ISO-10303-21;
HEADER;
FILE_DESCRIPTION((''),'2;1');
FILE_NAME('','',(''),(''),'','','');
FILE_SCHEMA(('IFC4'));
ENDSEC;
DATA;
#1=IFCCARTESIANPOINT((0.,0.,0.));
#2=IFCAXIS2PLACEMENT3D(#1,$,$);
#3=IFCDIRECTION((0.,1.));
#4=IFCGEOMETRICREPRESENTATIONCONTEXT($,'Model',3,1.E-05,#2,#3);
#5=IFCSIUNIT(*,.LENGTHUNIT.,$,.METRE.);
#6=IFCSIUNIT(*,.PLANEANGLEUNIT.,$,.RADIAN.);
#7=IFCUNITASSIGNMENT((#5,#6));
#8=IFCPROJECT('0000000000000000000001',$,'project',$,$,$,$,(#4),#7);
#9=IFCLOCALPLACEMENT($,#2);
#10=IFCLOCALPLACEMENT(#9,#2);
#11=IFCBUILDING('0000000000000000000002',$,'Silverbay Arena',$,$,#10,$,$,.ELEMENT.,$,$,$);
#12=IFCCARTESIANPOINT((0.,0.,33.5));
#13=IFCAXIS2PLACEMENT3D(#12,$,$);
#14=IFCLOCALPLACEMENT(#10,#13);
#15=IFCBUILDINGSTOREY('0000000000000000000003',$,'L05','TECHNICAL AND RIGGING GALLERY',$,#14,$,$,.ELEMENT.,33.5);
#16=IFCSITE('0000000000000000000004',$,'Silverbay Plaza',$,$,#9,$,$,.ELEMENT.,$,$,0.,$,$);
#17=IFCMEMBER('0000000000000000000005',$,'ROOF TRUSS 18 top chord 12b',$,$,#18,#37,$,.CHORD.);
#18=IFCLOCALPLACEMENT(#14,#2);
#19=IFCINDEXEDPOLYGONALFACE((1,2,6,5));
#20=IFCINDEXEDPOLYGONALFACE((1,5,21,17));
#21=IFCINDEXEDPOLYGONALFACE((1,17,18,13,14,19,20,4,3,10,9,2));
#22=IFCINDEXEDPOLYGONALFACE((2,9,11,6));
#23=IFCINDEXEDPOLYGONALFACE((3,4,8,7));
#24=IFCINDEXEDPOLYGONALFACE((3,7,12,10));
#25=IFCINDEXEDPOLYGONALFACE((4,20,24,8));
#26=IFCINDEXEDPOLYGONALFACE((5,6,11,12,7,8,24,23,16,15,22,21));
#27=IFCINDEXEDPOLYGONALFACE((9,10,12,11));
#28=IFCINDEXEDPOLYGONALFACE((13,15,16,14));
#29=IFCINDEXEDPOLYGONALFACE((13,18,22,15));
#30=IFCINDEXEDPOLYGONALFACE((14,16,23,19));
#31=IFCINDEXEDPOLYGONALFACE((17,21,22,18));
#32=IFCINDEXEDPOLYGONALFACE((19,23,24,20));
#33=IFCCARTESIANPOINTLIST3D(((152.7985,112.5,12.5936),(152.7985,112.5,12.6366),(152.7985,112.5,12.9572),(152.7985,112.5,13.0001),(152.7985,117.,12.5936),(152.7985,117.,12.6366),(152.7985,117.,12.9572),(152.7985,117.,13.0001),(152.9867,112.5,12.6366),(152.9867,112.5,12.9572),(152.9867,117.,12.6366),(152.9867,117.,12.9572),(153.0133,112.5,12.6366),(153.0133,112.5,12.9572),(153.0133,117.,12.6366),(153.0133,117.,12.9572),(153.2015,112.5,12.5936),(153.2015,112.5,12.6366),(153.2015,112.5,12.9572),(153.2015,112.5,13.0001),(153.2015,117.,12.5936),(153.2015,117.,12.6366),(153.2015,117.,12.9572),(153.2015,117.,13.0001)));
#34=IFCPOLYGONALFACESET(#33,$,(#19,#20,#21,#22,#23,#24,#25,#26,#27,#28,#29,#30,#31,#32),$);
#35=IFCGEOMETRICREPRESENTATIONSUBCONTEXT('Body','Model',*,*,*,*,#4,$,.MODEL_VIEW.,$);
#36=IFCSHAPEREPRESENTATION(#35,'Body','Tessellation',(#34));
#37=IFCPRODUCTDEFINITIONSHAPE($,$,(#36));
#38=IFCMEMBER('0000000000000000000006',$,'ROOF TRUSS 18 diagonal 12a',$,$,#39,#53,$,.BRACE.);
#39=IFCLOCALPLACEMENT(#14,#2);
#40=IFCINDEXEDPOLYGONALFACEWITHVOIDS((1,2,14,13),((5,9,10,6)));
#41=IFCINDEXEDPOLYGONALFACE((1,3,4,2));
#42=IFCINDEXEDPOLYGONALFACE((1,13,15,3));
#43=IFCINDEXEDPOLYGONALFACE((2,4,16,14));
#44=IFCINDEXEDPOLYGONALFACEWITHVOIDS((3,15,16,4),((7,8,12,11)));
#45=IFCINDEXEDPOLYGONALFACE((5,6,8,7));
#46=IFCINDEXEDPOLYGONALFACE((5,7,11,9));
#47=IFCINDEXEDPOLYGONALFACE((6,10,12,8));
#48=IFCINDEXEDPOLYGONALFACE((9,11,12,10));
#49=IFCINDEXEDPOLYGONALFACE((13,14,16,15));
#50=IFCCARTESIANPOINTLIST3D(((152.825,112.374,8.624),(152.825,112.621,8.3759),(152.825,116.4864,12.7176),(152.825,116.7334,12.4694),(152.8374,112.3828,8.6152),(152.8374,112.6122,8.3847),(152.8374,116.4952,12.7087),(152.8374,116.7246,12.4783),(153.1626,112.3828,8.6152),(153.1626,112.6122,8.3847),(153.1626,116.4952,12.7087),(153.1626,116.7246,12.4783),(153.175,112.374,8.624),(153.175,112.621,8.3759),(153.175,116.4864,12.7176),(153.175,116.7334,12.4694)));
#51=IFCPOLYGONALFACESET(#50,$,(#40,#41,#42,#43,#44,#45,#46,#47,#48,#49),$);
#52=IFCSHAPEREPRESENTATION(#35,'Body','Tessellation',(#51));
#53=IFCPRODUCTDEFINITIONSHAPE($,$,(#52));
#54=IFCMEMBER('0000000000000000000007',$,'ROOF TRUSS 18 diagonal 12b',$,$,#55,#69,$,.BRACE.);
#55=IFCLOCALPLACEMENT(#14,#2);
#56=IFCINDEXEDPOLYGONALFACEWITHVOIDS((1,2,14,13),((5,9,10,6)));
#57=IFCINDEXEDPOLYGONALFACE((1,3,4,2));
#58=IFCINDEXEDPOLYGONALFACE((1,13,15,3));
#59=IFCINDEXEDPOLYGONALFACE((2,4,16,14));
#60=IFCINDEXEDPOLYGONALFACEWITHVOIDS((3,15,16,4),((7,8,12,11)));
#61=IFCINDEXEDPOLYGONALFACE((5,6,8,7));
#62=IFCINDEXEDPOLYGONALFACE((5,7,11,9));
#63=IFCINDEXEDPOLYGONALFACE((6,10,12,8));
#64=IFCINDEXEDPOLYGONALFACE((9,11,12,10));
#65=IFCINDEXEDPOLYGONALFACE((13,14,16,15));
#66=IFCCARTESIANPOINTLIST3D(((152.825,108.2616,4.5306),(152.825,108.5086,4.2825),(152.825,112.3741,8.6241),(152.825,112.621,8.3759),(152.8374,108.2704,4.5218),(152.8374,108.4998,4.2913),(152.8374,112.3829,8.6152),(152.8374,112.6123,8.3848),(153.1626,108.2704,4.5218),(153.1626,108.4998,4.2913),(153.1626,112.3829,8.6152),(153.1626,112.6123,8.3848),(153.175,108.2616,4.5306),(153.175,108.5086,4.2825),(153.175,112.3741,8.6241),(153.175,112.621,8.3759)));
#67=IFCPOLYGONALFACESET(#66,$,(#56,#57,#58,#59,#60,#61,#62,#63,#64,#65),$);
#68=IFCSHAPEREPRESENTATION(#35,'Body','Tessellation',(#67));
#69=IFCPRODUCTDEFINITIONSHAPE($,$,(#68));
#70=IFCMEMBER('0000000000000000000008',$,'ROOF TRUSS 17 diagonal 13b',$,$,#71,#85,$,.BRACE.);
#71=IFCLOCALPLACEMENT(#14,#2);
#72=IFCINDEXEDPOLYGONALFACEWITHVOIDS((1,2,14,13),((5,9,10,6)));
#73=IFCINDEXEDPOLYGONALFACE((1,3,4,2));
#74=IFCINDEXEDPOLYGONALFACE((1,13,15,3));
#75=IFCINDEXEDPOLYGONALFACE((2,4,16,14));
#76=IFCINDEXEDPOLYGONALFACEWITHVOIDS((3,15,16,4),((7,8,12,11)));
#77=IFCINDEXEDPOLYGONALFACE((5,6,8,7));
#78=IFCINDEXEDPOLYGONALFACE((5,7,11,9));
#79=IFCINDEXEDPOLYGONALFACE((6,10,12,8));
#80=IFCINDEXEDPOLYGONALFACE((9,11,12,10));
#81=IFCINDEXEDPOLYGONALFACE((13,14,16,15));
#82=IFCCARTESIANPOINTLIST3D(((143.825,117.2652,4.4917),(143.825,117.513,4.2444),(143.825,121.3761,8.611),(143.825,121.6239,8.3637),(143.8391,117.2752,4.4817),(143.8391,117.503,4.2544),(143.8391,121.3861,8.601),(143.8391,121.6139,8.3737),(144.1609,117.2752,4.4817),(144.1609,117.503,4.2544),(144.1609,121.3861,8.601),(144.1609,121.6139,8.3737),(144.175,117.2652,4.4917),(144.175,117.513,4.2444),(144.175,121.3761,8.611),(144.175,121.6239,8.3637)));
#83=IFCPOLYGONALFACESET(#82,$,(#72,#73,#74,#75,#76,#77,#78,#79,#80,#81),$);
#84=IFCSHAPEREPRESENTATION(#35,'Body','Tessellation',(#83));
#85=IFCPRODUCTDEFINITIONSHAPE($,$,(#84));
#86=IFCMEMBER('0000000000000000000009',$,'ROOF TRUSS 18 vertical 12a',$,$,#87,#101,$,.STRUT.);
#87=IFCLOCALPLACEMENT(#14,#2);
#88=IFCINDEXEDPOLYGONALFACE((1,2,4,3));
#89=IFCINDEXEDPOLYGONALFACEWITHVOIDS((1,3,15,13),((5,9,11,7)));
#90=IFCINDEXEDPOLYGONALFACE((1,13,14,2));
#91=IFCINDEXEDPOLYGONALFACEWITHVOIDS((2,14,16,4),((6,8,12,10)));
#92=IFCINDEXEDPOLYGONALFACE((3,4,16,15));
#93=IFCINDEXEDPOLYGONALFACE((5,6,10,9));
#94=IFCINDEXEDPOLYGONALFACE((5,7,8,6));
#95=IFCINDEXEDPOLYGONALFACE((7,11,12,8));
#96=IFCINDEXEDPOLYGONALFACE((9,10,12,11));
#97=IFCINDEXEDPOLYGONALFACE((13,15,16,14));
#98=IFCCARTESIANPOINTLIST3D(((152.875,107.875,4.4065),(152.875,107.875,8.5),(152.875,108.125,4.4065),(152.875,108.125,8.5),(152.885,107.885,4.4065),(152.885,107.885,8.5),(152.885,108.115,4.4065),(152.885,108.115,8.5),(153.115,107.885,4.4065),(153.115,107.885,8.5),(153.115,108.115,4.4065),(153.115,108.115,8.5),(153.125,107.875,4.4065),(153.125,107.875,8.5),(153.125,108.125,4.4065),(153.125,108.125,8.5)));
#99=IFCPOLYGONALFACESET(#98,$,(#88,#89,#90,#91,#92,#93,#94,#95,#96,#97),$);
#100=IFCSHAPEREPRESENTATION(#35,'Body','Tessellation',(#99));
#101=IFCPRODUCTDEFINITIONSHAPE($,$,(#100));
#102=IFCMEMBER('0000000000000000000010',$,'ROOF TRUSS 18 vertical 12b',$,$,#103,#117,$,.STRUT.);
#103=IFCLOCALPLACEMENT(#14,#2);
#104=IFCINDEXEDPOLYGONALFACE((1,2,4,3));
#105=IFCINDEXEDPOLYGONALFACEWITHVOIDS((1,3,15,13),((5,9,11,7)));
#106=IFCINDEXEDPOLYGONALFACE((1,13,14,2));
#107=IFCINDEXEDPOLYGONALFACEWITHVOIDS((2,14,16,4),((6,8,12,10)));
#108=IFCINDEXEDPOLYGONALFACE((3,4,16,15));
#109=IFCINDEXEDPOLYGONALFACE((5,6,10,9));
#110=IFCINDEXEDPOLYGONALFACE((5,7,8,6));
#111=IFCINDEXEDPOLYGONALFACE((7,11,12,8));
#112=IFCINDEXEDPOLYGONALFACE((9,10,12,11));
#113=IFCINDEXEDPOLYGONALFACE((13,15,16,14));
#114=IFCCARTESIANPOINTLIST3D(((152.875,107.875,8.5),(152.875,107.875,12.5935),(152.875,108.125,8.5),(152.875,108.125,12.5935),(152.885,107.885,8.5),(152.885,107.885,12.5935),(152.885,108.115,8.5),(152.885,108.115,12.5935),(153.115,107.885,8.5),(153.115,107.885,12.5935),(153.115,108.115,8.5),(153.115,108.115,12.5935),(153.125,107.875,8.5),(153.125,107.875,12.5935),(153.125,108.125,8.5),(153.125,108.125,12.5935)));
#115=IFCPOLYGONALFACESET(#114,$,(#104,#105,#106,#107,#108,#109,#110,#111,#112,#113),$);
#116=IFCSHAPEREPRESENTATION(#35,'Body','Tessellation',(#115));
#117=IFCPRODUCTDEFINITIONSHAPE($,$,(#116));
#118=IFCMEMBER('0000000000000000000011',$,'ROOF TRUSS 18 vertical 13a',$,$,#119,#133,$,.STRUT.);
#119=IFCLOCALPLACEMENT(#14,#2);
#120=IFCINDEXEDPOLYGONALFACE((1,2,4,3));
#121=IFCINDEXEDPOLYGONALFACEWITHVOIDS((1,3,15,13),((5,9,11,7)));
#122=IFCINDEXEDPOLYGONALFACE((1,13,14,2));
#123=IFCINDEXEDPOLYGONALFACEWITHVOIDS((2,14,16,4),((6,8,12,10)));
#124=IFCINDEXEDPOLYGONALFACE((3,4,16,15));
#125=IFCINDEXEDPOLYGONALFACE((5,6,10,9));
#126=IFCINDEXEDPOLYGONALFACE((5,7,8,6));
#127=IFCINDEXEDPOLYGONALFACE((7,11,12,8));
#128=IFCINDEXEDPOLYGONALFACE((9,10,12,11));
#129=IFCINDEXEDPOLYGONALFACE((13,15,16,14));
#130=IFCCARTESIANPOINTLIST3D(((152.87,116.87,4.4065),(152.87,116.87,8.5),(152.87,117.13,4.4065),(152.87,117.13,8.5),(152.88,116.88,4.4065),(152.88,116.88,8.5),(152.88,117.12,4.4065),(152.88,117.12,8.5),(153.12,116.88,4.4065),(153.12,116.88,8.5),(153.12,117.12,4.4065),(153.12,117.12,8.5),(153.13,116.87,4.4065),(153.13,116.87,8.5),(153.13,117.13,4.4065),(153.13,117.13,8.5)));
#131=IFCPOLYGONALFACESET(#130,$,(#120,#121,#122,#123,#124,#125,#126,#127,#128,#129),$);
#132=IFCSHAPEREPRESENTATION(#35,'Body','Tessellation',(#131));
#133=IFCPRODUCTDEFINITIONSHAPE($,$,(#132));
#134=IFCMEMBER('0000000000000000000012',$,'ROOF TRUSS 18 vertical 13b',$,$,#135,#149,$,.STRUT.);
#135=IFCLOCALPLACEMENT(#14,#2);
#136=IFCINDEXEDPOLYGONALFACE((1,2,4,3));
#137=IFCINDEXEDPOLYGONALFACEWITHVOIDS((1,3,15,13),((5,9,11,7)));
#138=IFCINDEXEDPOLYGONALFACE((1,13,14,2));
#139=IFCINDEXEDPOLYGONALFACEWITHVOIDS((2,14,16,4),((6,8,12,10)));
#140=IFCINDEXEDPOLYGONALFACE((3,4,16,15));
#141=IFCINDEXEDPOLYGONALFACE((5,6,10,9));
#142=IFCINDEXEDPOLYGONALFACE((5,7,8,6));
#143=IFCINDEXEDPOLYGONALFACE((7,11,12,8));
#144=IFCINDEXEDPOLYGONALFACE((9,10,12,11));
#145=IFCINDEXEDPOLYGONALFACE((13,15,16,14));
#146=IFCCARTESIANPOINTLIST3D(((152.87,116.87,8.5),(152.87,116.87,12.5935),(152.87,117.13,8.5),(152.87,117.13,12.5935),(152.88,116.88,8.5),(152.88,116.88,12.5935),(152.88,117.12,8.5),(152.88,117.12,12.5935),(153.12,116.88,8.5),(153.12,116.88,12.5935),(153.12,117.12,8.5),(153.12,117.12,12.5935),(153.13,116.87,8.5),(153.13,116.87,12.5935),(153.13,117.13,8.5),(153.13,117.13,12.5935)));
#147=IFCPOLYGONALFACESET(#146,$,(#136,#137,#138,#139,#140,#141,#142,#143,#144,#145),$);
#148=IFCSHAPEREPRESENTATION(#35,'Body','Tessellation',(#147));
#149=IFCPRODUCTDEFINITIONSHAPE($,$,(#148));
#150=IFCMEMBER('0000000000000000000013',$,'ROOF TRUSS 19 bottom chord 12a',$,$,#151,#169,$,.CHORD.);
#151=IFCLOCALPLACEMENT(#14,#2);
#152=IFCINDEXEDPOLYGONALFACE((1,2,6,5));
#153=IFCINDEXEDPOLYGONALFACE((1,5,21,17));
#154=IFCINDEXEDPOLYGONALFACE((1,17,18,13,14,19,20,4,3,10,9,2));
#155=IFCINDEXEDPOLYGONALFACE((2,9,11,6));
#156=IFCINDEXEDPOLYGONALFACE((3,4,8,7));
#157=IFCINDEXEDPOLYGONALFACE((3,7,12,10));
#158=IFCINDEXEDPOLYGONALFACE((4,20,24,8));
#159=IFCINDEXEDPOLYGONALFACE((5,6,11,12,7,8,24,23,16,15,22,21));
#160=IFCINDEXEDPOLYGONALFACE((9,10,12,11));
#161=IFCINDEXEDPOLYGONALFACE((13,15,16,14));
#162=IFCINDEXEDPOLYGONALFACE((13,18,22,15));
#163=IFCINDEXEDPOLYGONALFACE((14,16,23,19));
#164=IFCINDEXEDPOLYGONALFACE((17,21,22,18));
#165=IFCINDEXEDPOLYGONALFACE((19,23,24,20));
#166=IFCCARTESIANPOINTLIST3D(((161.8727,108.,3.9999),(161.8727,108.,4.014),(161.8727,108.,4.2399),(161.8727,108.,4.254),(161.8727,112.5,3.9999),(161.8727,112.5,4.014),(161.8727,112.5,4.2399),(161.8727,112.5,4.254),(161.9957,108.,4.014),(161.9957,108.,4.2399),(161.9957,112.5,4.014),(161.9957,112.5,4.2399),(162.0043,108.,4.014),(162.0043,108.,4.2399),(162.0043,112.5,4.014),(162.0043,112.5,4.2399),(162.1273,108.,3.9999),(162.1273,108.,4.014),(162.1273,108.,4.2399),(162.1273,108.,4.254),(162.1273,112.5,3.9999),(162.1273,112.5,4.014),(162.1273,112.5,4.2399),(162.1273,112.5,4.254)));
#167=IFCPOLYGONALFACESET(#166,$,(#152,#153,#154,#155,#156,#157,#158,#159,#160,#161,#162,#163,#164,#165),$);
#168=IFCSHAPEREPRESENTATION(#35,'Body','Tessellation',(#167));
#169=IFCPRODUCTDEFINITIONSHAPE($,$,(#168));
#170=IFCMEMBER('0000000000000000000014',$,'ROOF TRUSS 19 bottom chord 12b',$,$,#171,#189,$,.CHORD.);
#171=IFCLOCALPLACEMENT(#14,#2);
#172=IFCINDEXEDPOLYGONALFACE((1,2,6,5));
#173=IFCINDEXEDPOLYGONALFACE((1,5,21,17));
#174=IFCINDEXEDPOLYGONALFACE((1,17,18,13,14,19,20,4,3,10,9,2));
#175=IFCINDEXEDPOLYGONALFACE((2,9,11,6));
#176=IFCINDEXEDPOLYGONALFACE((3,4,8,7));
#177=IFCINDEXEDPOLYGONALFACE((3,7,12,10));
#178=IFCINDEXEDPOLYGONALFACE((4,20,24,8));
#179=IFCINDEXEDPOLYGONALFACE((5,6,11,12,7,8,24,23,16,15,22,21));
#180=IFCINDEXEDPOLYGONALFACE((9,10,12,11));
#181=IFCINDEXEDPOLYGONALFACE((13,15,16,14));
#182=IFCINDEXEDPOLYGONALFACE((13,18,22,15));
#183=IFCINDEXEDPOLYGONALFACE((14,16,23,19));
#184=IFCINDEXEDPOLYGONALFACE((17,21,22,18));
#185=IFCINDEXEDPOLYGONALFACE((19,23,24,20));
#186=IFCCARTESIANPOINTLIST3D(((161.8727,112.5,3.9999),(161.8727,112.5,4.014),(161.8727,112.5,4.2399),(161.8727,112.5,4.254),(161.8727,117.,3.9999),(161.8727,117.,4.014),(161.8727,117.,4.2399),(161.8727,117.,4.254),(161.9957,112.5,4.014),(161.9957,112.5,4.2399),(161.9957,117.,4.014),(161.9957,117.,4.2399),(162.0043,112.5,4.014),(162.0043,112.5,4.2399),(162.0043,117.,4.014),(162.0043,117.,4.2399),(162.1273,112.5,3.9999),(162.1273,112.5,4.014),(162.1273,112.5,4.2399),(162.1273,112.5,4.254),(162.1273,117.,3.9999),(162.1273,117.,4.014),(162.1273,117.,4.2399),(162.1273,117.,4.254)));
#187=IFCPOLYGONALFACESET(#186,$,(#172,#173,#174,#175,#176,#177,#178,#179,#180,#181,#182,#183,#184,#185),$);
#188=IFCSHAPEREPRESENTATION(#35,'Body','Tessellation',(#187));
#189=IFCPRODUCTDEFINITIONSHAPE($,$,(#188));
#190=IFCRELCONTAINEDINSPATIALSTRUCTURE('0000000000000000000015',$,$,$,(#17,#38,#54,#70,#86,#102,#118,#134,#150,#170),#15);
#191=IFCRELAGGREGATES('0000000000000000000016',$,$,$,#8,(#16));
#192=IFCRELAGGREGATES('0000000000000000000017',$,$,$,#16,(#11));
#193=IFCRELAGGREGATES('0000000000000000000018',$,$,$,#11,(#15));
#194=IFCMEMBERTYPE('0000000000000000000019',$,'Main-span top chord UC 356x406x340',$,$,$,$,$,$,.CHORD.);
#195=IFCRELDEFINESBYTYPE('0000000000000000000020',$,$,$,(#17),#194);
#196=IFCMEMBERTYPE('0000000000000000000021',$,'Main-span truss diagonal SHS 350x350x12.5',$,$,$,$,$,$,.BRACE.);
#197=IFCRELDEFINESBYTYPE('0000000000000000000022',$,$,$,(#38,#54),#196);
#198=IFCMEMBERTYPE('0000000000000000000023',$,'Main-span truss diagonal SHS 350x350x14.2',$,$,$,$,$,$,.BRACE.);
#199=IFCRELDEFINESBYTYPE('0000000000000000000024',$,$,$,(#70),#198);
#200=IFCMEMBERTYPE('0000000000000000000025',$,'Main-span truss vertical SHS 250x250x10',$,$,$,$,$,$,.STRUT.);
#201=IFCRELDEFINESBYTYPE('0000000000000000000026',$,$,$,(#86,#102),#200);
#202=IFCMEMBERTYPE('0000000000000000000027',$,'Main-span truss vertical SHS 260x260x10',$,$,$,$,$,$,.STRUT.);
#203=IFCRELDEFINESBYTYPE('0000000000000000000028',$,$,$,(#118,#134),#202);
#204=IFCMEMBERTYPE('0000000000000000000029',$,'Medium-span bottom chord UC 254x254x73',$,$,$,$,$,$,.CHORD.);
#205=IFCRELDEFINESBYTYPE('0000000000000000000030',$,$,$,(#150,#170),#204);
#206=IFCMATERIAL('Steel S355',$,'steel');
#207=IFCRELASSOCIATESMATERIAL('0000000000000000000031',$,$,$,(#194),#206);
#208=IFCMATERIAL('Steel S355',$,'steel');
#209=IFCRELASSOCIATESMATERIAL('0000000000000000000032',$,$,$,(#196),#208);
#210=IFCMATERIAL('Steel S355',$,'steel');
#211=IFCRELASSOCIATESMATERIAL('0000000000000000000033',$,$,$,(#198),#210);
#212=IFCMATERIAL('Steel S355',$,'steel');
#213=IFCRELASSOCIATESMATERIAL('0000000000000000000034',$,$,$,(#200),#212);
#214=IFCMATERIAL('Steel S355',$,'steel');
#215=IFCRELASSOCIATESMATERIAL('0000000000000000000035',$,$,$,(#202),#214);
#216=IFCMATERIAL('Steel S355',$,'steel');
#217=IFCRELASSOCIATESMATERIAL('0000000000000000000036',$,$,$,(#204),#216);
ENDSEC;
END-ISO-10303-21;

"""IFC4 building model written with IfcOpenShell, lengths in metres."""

from ifc_helpers import new_model, si_unit, direction, frame, origin, origin_2d, place, context, subcontext, project, spatial, hollow_rectangle, i_section, extrude, material, material_profile, profile_set, type_object, element, save


model = new_model("IFC4")

# Units and contexts
model_context = context("Model", 3, precision=1e-05, world=origin(), true_north=direction((0.0, 1.0)))
body_context = subcontext(model_context, "Body", "Model", "MODEL_VIEW")
ifc_project = project(units=[si_unit("LENGTHUNIT", "METRE"), si_unit("PLANEANGLEUNIT", "RADIAN")], contexts=[model_context])

# Site, building, storey
site_placement = place(None, origin())
site = spatial("IfcSite", under=ifc_project, at=site_placement, Name="Silverbay Plaza", CompositionType="ELEMENT", RefElevation=0.0)
building_placement = place(site_placement, origin())
building = spatial("IfcBuilding", under=site, at=building_placement, Name="Silverbay Arena", CompositionType="ELEMENT")
storey_placement = place(building_placement, frame((0.0, 0.0, 33.5)))
storey = spatial("IfcBuildingStorey", under=building, at=storey_placement, Name="L05", Description="TECHNICAL AND RIGGING GALLERY", CompositionType="ELEMENT", Elevation=33.5)

# Members
ifc_material_1 = material(Name="Steel S355", Category="steel")
ifc_material_profile_1 = material_profile(ifc_material_1, i_section(OverallWidth=0.4031, OverallDepth=0.4065, WebThickness=0.0266, FlangeThickness=0.043, at=origin_2d()), Name="UC 356x406x340")
ifc_profile_set_1 = profile_set([ifc_material_profile_1], Name="Steel S355")
member_type_1 = type_object("IfcMemberType", Name="Main-span top chord UC 356x406x340", PredefinedType="CHORD", material=ifc_profile_set_1)
member_1_placement = place(storey_placement, frame((153.0, 112.5, 12.7969), z_axis=(0.0, 1.0, 0.0), x_axis=(-1.0, 0.0, 0.0)))
element("IfcMember", 1, at=member_1_placement, inside=storey, type_object=member_type_1, Name="ROOF TRUSS 18 top chord 12b", PredefinedType="CHORD", context=body_context, shape_type="SweptSolid", body=[
    extrude(i_section(OverallWidth=0.4031, OverallDepth=0.4065, WebThickness=0.0266, FlangeThickness=0.043, at=origin_2d()), origin(), (0.0, 0.0, 1.0), 4.5),
])
ifc_material_2 = material(Name="Steel S355", Category="steel")
ifc_material_profile_2 = material_profile(ifc_material_2, hollow_rectangle(XDim=0.3501, YDim=0.3501, WallThickness=0.0125, at=origin_2d()), Name="SHS 350x350x12.5")
ifc_profile_set_2 = profile_set([ifc_material_profile_2], Name="Steel S355")
member_type_2 = type_object("IfcMemberType", Name="Main-span truss diagonal SHS 350x350x12.5", PredefinedType="BRACE", material=ifc_profile_set_2)
for number, where, z_axis, x_axis, name in (
    (2, (153.0, 116.6099, 12.5935), (0.0, -0.708725, -0.705485), (1.0, 0.0, 0.0), "ROOF TRUSS 18 diagonal 12a"),
    (3, (153.0, 112.4976, 8.5), (0.0, -0.708746, -0.705464), (1.0, 0.0, 0.0), "ROOF TRUSS 18 diagonal 12b"),
):
    element("IfcMember", number, at=place(storey_placement, frame(where, z_axis=z_axis, x_axis=x_axis)), inside=storey, type_object=member_type_2, Name=name, PredefinedType="BRACE", context=body_context, shape_type="SweptSolid", body=[
        extrude(hollow_rectangle(XDim=0.3501, YDim=0.3501, WallThickness=0.0125, at=origin_2d()), origin(), (0.0, 0.0, 1.0), 5.8025),
    ])
ifc_material_3 = material(Name="Steel S355", Category="steel")
ifc_material_profile_3 = material_profile(ifc_material_3, hollow_rectangle(XDim=0.3501, YDim=0.3501, WallThickness=0.0142, at=origin_2d()), Name="SHS 350x350x14.2")
ifc_profile_set_3 = profile_set([ifc_material_profile_3], Name="Steel S355")
member_type_3 = type_object("IfcMemberType", Name="Main-span truss diagonal SHS 350x350x14.2", PredefinedType="BRACE", material=ifc_profile_set_3)
member_2_placement = place(storey_placement, frame((144.0, 121.5, 8.4873), z_axis=(0.0, -0.706393, -0.70782), x_axis=(1.0, 0.0, 0.0)))
element("IfcMember", 4, at=member_2_placement, inside=storey, type_object=member_type_3, Name="ROOF TRUSS 17 diagonal 13b", PredefinedType="BRACE", context=body_context, shape_type="SweptSolid", body=[
    extrude(hollow_rectangle(XDim=0.3501, YDim=0.3501, WallThickness=0.0142, at=origin_2d()), origin(), (0.0, 0.0, 1.0), 5.8196),
])
ifc_material_4 = material(Name="Steel S355", Category="steel")
ifc_material_profile_4 = material_profile(ifc_material_4, hollow_rectangle(XDim=0.25, YDim=0.25, WallThickness=0.01, at=origin_2d()), Name="SHS 250x250x10")
ifc_profile_set_4 = profile_set([ifc_material_profile_4], Name="Steel S355")
member_type_4 = type_object("IfcMemberType", Name="Main-span truss vertical SHS 250x250x10", PredefinedType="STRUT", material=ifc_profile_set_4)
for number, where, z_axis, x_axis, name in (
    (5, (153.0, 108.0, 4.4065), (0.0, 0.0, 1.0), (1.0, 0.0, 0.0), "ROOF TRUSS 18 vertical 12a"),
    (6, (153.0, 108.0, 8.5), (0.0, 0.0, 1.0), (1.0, 0.0, 0.0), "ROOF TRUSS 18 vertical 12b"),
):
    element("IfcMember", number, at=place(storey_placement, frame(where, z_axis=z_axis, x_axis=x_axis)), inside=storey, type_object=member_type_4, Name=name, PredefinedType="STRUT", context=body_context, shape_type="SweptSolid", body=[
        extrude(hollow_rectangle(XDim=0.25, YDim=0.25, WallThickness=0.01, at=origin_2d()), origin(), (0.0, 0.0, 1.0), 4.0935),
    ])
ifc_material_5 = material(Name="Steel S355", Category="steel")
ifc_material_profile_5 = material_profile(ifc_material_5, hollow_rectangle(XDim=0.26, YDim=0.26, WallThickness=0.01, at=origin_2d()), Name="SHS 260x260x10")
ifc_profile_set_5 = profile_set([ifc_material_profile_5], Name="Steel S355")
member_type_5 = type_object("IfcMemberType", Name="Main-span truss vertical SHS 260x260x10", PredefinedType="STRUT", material=ifc_profile_set_5)
for number, where, z_axis, x_axis, name in (
    (7, (153.0, 117.0, 4.4065), (0.0, 0.0, 1.0), (1.0, 0.0, 0.0), "ROOF TRUSS 18 vertical 13a"),
    (8, (153.0, 117.0, 8.5), (0.0, 0.0, 1.0), (1.0, 0.0, 0.0), "ROOF TRUSS 18 vertical 13b"),
):
    element("IfcMember", number, at=place(storey_placement, frame(where, z_axis=z_axis, x_axis=x_axis)), inside=storey, type_object=member_type_5, Name=name, PredefinedType="STRUT", context=body_context, shape_type="SweptSolid", body=[
        extrude(hollow_rectangle(XDim=0.26, YDim=0.26, WallThickness=0.01, at=origin_2d()), origin(), (0.0, 0.0, 1.0), 4.0935),
    ])
ifc_material_6 = material(Name="Steel S355", Category="steel")
ifc_material_profile_6 = material_profile(ifc_material_6, i_section(OverallWidth=0.2546, OverallDepth=0.2542, WebThickness=0.0085, FlangeThickness=0.0142, at=origin_2d()), Name="UC 254x254x73")
ifc_profile_set_6 = profile_set([ifc_material_profile_6], Name="Steel S355")
member_type_6 = type_object("IfcMemberType", Name="Medium-span bottom chord UC 254x254x73", PredefinedType="CHORD", material=ifc_profile_set_6)
for number, where, z_axis, x_axis, name in (
    (9, (162.0, 108.0, 4.127), (0.0, 1.0, 0.0), (-1.0, 0.0, 0.0), "ROOF TRUSS 19 bottom chord 12a"),
    (10, (162.0, 112.5, 4.127), (0.0, 1.0, 0.0), (-1.0, 0.0, 0.0), "ROOF TRUSS 19 bottom chord 12b"),
):
    element("IfcMember", number, at=place(storey_placement, frame(where, z_axis=z_axis, x_axis=x_axis)), inside=storey, type_object=member_type_6, Name=name, PredefinedType="CHORD", context=body_context, shape_type="SweptSolid", body=[
        extrude(i_section(OverallWidth=0.2546, OverallDepth=0.2542, WebThickness=0.0085, FlangeThickness=0.0142, at=origin_2d()), origin(), (0.0, 0.0, 1.0), 4.5),
    ])

save(model, "model.ifc")
